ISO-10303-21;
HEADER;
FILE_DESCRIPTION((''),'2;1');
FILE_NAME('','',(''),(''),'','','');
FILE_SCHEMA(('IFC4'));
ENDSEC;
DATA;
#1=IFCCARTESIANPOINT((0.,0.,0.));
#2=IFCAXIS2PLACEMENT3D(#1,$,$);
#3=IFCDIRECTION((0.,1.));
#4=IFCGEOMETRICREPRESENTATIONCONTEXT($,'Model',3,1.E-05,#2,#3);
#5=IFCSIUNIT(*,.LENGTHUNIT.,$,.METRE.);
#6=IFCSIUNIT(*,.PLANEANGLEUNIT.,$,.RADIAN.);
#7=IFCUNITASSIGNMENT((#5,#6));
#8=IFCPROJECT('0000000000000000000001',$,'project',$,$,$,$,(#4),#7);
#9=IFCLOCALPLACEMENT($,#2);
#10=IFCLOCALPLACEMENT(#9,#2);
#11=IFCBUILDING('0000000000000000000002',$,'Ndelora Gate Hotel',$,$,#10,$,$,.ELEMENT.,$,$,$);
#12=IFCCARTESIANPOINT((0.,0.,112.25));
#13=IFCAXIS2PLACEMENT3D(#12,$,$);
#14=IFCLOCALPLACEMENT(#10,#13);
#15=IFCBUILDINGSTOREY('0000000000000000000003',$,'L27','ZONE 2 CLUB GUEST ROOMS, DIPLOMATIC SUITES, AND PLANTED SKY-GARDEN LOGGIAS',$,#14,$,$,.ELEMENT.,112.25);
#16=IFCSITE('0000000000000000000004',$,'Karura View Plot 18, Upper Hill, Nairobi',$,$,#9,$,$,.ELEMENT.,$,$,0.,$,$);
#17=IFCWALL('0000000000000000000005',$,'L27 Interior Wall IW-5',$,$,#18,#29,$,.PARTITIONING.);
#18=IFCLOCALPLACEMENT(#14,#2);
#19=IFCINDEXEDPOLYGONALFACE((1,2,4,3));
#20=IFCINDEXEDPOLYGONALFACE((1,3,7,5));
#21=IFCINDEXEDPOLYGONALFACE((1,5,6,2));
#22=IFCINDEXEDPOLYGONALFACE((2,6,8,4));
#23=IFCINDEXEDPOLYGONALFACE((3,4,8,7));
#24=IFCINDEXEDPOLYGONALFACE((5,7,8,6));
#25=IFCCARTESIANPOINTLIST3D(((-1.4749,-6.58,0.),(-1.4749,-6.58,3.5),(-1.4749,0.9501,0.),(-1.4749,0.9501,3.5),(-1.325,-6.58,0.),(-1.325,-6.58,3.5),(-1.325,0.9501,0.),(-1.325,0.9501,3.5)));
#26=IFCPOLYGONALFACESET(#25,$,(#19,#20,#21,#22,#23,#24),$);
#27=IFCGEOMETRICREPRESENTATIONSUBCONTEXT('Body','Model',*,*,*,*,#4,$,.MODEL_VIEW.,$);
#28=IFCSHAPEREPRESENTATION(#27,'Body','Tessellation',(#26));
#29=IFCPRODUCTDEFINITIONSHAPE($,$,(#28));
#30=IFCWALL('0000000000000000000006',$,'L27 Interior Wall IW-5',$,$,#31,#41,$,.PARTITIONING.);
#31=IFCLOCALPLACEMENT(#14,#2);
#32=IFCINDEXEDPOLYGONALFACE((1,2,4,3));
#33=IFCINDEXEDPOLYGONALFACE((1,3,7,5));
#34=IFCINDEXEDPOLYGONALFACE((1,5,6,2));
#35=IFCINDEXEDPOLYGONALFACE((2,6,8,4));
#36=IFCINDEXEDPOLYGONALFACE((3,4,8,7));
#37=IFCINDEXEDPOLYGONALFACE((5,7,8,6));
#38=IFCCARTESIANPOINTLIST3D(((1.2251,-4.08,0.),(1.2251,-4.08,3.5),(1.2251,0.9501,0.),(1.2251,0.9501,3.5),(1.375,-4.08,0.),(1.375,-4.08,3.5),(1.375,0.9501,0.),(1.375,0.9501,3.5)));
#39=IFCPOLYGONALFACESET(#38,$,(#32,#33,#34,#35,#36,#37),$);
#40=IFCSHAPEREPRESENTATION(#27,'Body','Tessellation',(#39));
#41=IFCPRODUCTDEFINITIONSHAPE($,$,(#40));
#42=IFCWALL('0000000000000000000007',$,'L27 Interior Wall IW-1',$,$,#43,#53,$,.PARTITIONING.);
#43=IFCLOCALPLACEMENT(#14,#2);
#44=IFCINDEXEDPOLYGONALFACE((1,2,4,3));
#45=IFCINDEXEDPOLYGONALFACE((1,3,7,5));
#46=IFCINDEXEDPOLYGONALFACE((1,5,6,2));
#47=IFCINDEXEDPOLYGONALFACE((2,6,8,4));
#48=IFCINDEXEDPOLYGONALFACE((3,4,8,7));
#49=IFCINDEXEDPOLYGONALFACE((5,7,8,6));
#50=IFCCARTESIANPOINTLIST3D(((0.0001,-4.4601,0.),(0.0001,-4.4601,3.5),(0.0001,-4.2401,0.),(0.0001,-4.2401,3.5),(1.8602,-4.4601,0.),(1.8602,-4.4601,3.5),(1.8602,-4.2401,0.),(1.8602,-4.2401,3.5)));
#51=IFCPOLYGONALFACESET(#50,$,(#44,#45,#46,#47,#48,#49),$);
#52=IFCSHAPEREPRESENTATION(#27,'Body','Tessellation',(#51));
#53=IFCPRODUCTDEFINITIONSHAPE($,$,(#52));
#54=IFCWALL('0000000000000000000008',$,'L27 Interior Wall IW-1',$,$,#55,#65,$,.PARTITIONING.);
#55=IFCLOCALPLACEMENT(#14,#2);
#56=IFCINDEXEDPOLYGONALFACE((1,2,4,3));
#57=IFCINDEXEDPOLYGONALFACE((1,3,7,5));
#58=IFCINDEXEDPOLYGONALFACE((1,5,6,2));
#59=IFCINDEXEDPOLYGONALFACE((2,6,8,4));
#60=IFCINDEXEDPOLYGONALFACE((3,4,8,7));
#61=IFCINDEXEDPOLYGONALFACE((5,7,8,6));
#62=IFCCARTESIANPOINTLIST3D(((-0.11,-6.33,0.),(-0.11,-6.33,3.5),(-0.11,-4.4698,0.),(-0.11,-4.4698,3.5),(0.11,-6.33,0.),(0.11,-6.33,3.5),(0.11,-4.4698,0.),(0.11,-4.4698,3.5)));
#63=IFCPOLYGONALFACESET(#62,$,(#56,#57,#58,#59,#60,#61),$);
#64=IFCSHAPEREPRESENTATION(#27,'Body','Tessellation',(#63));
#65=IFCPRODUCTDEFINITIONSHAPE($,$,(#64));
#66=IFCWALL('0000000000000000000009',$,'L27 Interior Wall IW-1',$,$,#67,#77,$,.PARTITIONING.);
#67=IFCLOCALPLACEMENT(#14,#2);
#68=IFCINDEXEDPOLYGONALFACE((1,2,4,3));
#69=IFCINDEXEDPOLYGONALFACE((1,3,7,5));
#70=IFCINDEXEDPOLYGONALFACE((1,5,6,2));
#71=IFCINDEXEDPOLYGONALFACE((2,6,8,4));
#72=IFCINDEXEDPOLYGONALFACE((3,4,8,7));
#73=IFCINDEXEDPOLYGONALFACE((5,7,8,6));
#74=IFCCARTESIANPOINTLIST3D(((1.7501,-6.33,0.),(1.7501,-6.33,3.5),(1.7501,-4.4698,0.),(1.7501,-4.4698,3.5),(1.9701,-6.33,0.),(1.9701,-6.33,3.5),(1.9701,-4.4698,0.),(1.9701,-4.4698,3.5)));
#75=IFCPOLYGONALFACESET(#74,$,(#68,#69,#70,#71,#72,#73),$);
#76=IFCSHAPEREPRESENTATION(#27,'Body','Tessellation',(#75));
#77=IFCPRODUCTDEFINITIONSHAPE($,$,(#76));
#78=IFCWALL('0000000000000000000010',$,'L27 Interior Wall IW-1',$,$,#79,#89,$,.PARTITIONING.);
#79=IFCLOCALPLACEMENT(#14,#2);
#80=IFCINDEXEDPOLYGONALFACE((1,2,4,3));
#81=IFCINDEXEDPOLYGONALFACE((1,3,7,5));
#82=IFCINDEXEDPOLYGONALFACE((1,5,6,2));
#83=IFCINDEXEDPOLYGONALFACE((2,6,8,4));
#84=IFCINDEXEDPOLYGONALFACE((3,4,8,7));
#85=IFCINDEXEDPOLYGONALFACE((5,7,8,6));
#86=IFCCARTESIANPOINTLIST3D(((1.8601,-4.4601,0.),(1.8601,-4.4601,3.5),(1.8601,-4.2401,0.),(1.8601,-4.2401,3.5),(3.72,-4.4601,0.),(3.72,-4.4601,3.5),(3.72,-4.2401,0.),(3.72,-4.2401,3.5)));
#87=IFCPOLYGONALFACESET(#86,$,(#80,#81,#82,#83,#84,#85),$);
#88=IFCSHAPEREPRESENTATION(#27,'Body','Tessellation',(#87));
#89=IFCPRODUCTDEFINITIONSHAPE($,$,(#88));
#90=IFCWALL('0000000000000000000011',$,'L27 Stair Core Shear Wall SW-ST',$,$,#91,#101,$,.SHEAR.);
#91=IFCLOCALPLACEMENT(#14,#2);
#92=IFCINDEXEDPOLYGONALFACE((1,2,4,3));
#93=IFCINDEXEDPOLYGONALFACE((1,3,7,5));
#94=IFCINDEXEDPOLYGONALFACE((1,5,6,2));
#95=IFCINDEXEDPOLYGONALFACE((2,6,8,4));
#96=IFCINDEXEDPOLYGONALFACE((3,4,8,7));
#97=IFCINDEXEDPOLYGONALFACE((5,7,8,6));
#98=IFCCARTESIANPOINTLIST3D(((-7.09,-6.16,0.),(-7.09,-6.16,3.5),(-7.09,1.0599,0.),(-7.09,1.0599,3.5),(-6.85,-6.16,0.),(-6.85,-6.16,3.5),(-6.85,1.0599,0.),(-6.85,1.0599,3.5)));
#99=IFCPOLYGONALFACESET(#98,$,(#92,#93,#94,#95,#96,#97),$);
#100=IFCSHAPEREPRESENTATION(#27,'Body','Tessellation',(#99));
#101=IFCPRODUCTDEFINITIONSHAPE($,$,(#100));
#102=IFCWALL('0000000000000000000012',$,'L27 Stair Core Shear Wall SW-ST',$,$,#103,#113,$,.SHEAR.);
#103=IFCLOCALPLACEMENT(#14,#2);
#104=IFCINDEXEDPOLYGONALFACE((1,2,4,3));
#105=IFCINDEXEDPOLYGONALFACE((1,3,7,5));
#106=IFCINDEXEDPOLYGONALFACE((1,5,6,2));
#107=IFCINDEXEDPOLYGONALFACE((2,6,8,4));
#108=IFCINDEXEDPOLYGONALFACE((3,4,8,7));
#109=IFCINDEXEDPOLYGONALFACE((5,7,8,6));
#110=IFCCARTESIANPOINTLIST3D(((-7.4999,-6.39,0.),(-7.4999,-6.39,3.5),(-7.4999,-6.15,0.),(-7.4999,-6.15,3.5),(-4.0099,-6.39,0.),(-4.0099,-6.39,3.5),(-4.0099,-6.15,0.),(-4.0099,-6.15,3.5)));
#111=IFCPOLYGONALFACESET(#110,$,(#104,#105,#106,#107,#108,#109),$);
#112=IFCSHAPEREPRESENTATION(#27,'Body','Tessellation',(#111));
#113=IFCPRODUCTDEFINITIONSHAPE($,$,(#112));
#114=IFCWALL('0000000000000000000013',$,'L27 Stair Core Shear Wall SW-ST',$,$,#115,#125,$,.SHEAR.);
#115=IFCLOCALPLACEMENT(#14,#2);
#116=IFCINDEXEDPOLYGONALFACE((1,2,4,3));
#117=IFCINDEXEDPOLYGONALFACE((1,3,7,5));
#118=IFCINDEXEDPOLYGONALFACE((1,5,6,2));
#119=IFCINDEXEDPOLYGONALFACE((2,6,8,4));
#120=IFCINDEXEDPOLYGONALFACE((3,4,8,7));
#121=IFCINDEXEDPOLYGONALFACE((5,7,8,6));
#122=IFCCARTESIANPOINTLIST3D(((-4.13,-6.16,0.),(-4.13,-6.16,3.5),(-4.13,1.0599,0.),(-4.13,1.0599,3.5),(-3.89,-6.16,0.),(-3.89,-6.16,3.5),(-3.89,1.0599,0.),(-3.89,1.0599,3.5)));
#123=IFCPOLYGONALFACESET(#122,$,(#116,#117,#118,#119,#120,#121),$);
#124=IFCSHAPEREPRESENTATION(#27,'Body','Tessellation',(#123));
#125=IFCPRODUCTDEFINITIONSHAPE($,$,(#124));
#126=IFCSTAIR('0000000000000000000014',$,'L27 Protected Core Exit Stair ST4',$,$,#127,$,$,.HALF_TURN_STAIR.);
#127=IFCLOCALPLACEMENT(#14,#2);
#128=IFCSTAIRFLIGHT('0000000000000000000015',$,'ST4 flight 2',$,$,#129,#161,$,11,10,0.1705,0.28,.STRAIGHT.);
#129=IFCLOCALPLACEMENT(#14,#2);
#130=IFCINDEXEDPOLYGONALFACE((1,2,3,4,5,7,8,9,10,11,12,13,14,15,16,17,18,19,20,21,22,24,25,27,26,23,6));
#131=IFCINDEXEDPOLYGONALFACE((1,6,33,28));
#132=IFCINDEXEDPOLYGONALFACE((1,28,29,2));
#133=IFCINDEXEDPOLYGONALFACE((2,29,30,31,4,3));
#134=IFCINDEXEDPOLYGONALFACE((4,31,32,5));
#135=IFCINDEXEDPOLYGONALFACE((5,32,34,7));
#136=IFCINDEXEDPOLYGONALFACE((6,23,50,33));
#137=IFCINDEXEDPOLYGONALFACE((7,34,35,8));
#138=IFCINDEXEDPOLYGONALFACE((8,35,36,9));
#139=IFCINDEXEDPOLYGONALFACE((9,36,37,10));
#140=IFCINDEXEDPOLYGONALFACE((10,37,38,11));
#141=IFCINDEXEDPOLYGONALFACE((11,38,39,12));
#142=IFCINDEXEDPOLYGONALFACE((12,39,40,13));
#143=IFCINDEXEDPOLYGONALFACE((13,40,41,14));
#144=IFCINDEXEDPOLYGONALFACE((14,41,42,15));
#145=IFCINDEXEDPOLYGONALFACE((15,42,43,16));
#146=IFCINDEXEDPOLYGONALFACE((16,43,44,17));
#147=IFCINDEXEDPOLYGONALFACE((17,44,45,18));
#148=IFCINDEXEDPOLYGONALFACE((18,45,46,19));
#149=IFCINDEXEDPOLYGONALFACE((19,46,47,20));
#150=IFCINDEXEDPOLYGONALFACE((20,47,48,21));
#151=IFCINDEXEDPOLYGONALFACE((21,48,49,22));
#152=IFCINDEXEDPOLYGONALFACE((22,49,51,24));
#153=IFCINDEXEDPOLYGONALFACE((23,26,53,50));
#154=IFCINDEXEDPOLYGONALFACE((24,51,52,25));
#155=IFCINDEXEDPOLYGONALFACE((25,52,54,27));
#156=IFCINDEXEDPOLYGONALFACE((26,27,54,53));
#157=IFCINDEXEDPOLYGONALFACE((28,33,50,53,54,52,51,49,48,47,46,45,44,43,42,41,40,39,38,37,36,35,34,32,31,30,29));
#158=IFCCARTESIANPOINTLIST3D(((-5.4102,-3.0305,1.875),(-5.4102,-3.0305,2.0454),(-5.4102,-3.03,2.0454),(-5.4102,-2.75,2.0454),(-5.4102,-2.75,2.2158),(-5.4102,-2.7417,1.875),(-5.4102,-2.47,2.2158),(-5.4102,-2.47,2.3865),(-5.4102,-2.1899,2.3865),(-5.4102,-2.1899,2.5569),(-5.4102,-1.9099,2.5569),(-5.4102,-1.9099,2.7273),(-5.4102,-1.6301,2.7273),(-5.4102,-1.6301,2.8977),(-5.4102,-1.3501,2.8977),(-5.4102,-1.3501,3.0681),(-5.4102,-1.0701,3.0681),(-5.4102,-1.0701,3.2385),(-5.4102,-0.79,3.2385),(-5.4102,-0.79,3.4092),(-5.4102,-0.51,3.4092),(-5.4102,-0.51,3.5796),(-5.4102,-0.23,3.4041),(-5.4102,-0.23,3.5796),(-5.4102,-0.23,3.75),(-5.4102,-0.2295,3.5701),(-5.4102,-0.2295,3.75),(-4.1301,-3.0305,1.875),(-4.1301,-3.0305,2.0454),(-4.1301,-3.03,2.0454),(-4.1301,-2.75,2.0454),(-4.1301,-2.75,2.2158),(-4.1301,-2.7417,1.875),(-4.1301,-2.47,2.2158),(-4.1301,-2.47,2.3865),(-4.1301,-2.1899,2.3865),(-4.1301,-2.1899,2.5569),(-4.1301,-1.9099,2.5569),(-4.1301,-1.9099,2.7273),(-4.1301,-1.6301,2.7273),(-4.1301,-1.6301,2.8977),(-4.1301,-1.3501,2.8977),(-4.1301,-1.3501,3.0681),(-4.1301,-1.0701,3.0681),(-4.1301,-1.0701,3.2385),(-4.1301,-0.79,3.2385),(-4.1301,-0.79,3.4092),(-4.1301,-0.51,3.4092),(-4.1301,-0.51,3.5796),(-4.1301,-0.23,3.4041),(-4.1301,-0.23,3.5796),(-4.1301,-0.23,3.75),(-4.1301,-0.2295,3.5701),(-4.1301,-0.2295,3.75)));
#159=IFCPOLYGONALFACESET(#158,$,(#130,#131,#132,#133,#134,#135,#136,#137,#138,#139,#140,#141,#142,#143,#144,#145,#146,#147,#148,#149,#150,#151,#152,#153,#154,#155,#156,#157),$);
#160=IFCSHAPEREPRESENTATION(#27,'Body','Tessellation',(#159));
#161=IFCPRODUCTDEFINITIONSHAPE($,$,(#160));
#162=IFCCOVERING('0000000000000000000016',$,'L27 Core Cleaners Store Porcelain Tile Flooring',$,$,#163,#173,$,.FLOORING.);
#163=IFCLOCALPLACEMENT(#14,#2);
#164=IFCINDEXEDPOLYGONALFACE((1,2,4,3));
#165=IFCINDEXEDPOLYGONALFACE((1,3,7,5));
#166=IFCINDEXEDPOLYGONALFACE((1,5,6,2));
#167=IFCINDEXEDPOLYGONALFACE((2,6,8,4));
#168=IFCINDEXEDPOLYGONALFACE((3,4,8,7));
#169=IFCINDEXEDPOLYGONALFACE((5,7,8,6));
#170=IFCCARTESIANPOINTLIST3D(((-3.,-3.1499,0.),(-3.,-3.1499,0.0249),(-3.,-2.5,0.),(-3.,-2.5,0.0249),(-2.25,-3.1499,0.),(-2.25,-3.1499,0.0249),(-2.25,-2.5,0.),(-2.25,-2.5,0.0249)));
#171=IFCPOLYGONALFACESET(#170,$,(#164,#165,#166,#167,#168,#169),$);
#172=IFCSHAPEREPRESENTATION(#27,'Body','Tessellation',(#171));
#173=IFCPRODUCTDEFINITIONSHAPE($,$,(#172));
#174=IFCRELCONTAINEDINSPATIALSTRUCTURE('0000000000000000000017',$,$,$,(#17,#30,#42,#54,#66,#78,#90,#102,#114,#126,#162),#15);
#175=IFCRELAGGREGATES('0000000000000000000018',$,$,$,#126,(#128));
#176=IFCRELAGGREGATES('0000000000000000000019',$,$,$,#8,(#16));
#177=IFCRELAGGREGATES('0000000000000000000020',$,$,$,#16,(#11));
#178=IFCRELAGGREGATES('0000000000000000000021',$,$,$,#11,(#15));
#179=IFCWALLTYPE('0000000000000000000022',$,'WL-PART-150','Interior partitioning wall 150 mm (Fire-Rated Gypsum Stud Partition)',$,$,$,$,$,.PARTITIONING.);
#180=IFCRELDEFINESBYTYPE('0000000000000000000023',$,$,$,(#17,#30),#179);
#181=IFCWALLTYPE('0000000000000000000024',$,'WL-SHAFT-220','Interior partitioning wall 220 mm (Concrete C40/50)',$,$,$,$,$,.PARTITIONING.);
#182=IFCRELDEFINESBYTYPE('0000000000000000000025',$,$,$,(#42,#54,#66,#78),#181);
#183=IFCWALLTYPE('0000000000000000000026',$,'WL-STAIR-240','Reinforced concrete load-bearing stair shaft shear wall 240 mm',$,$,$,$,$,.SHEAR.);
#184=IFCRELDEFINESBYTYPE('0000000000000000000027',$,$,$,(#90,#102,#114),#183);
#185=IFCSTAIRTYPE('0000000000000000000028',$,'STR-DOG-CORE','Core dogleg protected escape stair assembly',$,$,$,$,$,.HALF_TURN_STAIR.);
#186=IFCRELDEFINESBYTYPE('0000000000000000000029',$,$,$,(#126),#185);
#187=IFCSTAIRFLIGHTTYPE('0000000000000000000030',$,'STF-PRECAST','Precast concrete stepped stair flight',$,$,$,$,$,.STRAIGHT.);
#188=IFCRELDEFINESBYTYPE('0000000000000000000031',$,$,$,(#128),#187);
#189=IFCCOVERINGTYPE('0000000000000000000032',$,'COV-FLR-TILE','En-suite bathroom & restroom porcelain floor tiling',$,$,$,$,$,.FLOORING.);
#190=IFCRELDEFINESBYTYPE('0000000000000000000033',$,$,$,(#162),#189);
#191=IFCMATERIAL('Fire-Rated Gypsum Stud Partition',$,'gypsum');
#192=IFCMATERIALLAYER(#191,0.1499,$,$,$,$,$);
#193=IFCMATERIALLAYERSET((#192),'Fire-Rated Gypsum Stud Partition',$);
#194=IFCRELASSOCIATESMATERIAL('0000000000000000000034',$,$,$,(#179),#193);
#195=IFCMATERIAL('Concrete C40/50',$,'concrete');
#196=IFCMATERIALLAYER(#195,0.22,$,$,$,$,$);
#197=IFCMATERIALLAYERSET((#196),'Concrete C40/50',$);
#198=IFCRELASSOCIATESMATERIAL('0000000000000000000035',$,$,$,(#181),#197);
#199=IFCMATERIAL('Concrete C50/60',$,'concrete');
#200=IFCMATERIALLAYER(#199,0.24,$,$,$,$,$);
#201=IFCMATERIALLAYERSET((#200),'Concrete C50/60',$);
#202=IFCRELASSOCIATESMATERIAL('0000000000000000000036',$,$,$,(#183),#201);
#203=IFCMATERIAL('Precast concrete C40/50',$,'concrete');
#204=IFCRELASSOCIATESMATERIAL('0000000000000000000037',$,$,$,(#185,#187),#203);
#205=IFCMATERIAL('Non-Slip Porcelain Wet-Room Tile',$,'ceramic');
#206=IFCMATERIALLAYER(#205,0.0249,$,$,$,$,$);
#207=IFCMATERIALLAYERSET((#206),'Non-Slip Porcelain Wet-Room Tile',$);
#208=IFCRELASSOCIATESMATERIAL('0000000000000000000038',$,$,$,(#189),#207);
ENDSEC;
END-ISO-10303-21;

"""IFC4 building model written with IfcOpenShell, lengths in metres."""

from ifc_helpers import new_model, si_unit, direction, frame, frame_2d, origin, origin_2d, place, context, subcontext, project, spatial, polyline, rectangle, outline, extrude, material, layer, layer_set, type_object, element, aggregate, save


model = new_model("IFC4")

# Units and contexts
model_context = context("Model", 3, precision=1e-05, world=origin(), true_north=direction((0.0, 1.0)))
body_context = subcontext(model_context, "Body", "Model", "MODEL_VIEW")
ifc_project = project(units=[si_unit("LENGTHUNIT", "METRE"), si_unit("PLANEANGLEUNIT", "RADIAN")], contexts=[model_context])

# Site, building, storey
site_placement = place(None, origin())
site = spatial("IfcSite", under=ifc_project, at=site_placement, Name="Karura View Plot 18, Upper Hill, Nairobi", CompositionType="ELEMENT", RefElevation=0.0)
building_placement = place(site_placement, origin())
building = spatial("IfcBuilding", under=site, at=building_placement, Name="Ndelora Gate Hotel", CompositionType="ELEMENT")
storey_placement = place(building_placement, frame((0.0, 0.0, 112.25)))
storey = spatial("IfcBuildingStorey", under=building, at=storey_placement, Name="L27", Description="ZONE 2 CLUB GUEST ROOMS, DIPLOMATIC SUITES, AND PLANTED SKY-GARDEN LOGGIAS", CompositionType="ELEMENT", Elevation=112.25)

# Walls
ifc_material_1 = material(Name="Fire-Rated Gypsum Stud Partition", Category="gypsum")
ifc_layer_1 = layer(ifc_material_1, 0.1499)
ifc_layer_set_1 = layer_set([ifc_layer_1], Name="Fire-Rated Gypsum Stud Partition")
wall_type_1 = type_object("IfcWallType", Name="WL-PART-150", Description="Interior partitioning wall 150 mm (Fire-Rated Gypsum Stud Partition)", PredefinedType="PARTITIONING", material=ifc_layer_set_1)
wall_1_placement = place(storey_placement, frame((-1.3999, -6.5801, 0.0), z_axis=(0.0, 0.0, 1.0), x_axis=(0.0, 1.0, 0.0)))
element("IfcWall", 1, at=wall_1_placement, inside=storey, type_object=wall_type_1, Name="L27 Interior Wall IW-5", PredefinedType="PARTITIONING", context=body_context, shape_type="SweptSolid", body=[
    extrude(rectangle(XDim=7.53, YDim=0.1499, at=frame_2d((3.7651, 0.0))), origin(), (0.0, 0.0, 1.0), 3.5),
])
wall_2_placement = place(storey_placement, frame((1.3, -4.0801, 0.0), z_axis=(0.0, 0.0, 1.0), x_axis=(0.0, 1.0, 0.0)))
element("IfcWall", 2, at=wall_2_placement, inside=storey, type_object=wall_type_1, Name="L27 Interior Wall IW-5", PredefinedType="PARTITIONING", context=body_context, shape_type="SweptSolid", body=[
    extrude(rectangle(XDim=5.03, YDim=0.1499, at=frame_2d((2.5151, 0.0))), origin(), (0.0, 0.0, 1.0), 3.5),
])

# Shared definitions
ifc_material_2 = material(Name="Concrete C40/50", Category="concrete")
ifc_layer_2 = layer(ifc_material_2, 0.22)
ifc_layer_set_2 = layer_set([ifc_layer_2], Name="Concrete C40/50")
wall_type_2 = type_object("IfcWallType", Name="WL-SHAFT-220", Description="Interior partitioning wall 220 mm (Concrete C40/50)", PredefinedType="PARTITIONING", material=ifc_layer_set_2)

# Walls
for number, where, z_axis, x_axis, name in (
    (3, (0.0, -4.3501, 0.0), (0.0, 0.0, 1.0), (1.0, 0.0, 0.0), "L27 Interior Wall IW-1"),
    (4, (0.0, -6.3301, 0.0), (0.0, 0.0, 1.0), (0.0, 1.0, 0.0), "L27 Interior Wall IW-1"),
    (5, (1.8601, -6.3301, 0.0), (0.0, 0.0, 1.0), (0.0, 1.0, 0.0), "L27 Interior Wall IW-1"),
):
    element("IfcWall", number, at=place(storey_placement, frame(where, z_axis=z_axis, x_axis=x_axis)), inside=storey, type_object=wall_type_2, Name=name, PredefinedType="PARTITIONING", context=body_context, shape_type="SweptSolid", body=[
        extrude(rectangle(XDim=1.8601, YDim=0.22, at=frame_2d((0.9302, 0.0))), origin(), (0.0, 0.0, 1.0), 3.5),
    ])

# Walls
wall_3_placement = place(storey_placement, frame((1.8601, -4.3501, 0.0), z_axis=(0.0, 0.0, 1.0), x_axis=(1.0, 0.0, 0.0)))
element("IfcWall", 6, at=wall_3_placement, inside=storey, type_object=wall_type_2, Name="L27 Interior Wall IW-1", PredefinedType="PARTITIONING", context=body_context, shape_type="SweptSolid", body=[
    extrude(rectangle(XDim=1.8599, YDim=0.22, at=frame_2d((0.9299, 0.0))), origin(), (0.0, 0.0, 1.0), 3.5),
])
ifc_material_3 = material(Name="Concrete C50/60", Category="concrete")
ifc_layer_3 = layer(ifc_material_3, 0.24)
ifc_layer_set_3 = layer_set([ifc_layer_3], Name="Concrete C50/60")
wall_type_3 = type_object("IfcWallType", Name="WL-STAIR-240", Description="Reinforced concrete load-bearing stair shaft shear wall 240 mm", PredefinedType="SHEAR", material=ifc_layer_set_3)
wall_4_placement = place(storey_placement, frame((-6.97, -6.1599, 0.0), z_axis=(0.0, 0.0, 1.0), x_axis=(0.0, 1.0, 0.0)))
element("IfcWall", 7, at=wall_4_placement, inside=storey, type_object=wall_type_3, Name="L27 Stair Core Shear Wall SW-ST", PredefinedType="SHEAR", context=body_context, shape_type="SweptSolid", body=[
    extrude(rectangle(XDim=7.22, YDim=0.24, at=frame_2d((3.6099, 0.0))), origin(), (0.0, 0.0, 1.0), 3.5),
])
wall_5_placement = place(storey_placement, frame((-7.5, -6.27, 0.0), z_axis=(0.0, 0.0, 1.0), x_axis=(1.0, 0.0, 0.0)))
element("IfcWall", 8, at=wall_5_placement, inside=storey, type_object=wall_type_3, Name="L27 Stair Core Shear Wall SW-ST", PredefinedType="SHEAR", context=body_context, shape_type="SweptSolid", body=[
    extrude(rectangle(XDim=3.49, YDim=0.24, at=frame_2d((1.7451, 0.0))), origin(), (0.0, 0.0, 1.0), 3.5),
])
wall_6_placement = place(storey_placement, frame((-4.01, -6.1599, 0.0), z_axis=(0.0, 0.0, 1.0), x_axis=(0.0, 1.0, 0.0)))
element("IfcWall", 9, at=wall_6_placement, inside=storey, type_object=wall_type_3, Name="L27 Stair Core Shear Wall SW-ST", PredefinedType="SHEAR", context=body_context, shape_type="SweptSolid", body=[
    extrude(rectangle(XDim=7.22, YDim=0.24, at=frame_2d((3.6099, 0.0))), origin(), (0.0, 0.0, 1.0), 3.5),
])

# Stair, stair flight
ifc_material_4 = material(Name="Precast concrete C40/50", Category="concrete")
stair_type = type_object("IfcStairType", Name="STR-DOG-CORE", Description="Core dogleg protected escape stair assembly", PredefinedType="HALF_TURN_STAIR", material=ifc_material_4)
stair_placement = place(storey_placement, origin())
stair = element("IfcStair", 10, at=stair_placement, inside=storey, type_object=stair_type, Name="L27 Protected Core Exit Stair ST4", PredefinedType="HALF_TURN_STAIR")
stair_flight_type = type_object("IfcStairFlightType", Name="STF-PRECAST", Description="Precast concrete stepped stair flight", PredefinedType="STRAIGHT", material=ifc_material_4)
stair_flight_placement = place(storey_placement, frame((-4.77, -3.03, 1.875), z_axis=(0.0, 0.0, 1.0), x_axis=(0.0, 1.0, 0.0)))
stair_flight = element("IfcStairFlight", 11, at=stair_flight_placement, type_object=stair_flight_type, Name="ST4 flight 2", NumberOfRisers=11, NumberOfTreads=10, PredefinedType="STRAIGHT", RiserHeight=0.1705, TreadLength=0.28, context=body_context, shape_type="SweptSolid", body=[
    extrude(outline(polyline([(-0.0005, 0.0), (-0.0005, 0.1704), (0.0, 0.1704), (0.28, 0.1704), (0.28, 0.3408), (0.5601, 0.3408), (0.5601, 0.5115), (0.8401, 0.5115), (0.8401, 0.6819), (1.1201, 0.6819), (1.1201, 0.8523), (1.3999, 0.8523), (1.3999, 1.0227), (1.6799, 1.0227), (1.6799, 1.1931), (1.96, 1.1931), (1.96, 1.3635), (2.24, 1.3635), (2.24, 1.5342), (2.52, 1.5342), (2.52, 1.7046), (2.8, 1.7046), (2.8, 1.875), (2.8005, 1.875), (2.8005, 1.6951), (2.8, 1.5291), (0.2883, 0.0), (-0.0005, 0.0)])), frame((0.0, 0.6401, 0.0), z_axis=(0.0, -1.0, 0.0), x_axis=(1.0, 0.0, 0.0)), (0.0, 0.0, 1.0), 1.28),
])
aggregate(stair, [stair_flight])

# Covering
ifc_material_5 = material(Name="Non-Slip Porcelain Wet-Room Tile", Category="ceramic")
ifc_layer_4 = layer(ifc_material_5, 0.0249)
ifc_layer_set_4 = layer_set([ifc_layer_4], Name="Non-Slip Porcelain Wet-Room Tile")
covering_type = type_object("IfcCoveringType", Name="COV-FLR-TILE", Description="En-suite bathroom & restroom porcelain floor tiling", PredefinedType="FLOORING", material=ifc_layer_set_4)
covering_placement = place(storey_placement, frame((-2.625, -2.825, 0.0), z_axis=(0.0, 0.0, 1.0), x_axis=(1.0, 0.0, 0.0)))
element("IfcCovering", 12, at=covering_placement, inside=storey, type_object=covering_type, Name="L27 Core Cleaners Store Porcelain Tile Flooring", PredefinedType="FLOORING", context=body_context, shape_type="SweptSolid", body=[
    extrude(rectangle(XDim=0.75, YDim=0.6499, at=origin_2d()), origin(), (0.0, 0.0, 1.0), 0.0249),
])

save(model, "model.ifc")
